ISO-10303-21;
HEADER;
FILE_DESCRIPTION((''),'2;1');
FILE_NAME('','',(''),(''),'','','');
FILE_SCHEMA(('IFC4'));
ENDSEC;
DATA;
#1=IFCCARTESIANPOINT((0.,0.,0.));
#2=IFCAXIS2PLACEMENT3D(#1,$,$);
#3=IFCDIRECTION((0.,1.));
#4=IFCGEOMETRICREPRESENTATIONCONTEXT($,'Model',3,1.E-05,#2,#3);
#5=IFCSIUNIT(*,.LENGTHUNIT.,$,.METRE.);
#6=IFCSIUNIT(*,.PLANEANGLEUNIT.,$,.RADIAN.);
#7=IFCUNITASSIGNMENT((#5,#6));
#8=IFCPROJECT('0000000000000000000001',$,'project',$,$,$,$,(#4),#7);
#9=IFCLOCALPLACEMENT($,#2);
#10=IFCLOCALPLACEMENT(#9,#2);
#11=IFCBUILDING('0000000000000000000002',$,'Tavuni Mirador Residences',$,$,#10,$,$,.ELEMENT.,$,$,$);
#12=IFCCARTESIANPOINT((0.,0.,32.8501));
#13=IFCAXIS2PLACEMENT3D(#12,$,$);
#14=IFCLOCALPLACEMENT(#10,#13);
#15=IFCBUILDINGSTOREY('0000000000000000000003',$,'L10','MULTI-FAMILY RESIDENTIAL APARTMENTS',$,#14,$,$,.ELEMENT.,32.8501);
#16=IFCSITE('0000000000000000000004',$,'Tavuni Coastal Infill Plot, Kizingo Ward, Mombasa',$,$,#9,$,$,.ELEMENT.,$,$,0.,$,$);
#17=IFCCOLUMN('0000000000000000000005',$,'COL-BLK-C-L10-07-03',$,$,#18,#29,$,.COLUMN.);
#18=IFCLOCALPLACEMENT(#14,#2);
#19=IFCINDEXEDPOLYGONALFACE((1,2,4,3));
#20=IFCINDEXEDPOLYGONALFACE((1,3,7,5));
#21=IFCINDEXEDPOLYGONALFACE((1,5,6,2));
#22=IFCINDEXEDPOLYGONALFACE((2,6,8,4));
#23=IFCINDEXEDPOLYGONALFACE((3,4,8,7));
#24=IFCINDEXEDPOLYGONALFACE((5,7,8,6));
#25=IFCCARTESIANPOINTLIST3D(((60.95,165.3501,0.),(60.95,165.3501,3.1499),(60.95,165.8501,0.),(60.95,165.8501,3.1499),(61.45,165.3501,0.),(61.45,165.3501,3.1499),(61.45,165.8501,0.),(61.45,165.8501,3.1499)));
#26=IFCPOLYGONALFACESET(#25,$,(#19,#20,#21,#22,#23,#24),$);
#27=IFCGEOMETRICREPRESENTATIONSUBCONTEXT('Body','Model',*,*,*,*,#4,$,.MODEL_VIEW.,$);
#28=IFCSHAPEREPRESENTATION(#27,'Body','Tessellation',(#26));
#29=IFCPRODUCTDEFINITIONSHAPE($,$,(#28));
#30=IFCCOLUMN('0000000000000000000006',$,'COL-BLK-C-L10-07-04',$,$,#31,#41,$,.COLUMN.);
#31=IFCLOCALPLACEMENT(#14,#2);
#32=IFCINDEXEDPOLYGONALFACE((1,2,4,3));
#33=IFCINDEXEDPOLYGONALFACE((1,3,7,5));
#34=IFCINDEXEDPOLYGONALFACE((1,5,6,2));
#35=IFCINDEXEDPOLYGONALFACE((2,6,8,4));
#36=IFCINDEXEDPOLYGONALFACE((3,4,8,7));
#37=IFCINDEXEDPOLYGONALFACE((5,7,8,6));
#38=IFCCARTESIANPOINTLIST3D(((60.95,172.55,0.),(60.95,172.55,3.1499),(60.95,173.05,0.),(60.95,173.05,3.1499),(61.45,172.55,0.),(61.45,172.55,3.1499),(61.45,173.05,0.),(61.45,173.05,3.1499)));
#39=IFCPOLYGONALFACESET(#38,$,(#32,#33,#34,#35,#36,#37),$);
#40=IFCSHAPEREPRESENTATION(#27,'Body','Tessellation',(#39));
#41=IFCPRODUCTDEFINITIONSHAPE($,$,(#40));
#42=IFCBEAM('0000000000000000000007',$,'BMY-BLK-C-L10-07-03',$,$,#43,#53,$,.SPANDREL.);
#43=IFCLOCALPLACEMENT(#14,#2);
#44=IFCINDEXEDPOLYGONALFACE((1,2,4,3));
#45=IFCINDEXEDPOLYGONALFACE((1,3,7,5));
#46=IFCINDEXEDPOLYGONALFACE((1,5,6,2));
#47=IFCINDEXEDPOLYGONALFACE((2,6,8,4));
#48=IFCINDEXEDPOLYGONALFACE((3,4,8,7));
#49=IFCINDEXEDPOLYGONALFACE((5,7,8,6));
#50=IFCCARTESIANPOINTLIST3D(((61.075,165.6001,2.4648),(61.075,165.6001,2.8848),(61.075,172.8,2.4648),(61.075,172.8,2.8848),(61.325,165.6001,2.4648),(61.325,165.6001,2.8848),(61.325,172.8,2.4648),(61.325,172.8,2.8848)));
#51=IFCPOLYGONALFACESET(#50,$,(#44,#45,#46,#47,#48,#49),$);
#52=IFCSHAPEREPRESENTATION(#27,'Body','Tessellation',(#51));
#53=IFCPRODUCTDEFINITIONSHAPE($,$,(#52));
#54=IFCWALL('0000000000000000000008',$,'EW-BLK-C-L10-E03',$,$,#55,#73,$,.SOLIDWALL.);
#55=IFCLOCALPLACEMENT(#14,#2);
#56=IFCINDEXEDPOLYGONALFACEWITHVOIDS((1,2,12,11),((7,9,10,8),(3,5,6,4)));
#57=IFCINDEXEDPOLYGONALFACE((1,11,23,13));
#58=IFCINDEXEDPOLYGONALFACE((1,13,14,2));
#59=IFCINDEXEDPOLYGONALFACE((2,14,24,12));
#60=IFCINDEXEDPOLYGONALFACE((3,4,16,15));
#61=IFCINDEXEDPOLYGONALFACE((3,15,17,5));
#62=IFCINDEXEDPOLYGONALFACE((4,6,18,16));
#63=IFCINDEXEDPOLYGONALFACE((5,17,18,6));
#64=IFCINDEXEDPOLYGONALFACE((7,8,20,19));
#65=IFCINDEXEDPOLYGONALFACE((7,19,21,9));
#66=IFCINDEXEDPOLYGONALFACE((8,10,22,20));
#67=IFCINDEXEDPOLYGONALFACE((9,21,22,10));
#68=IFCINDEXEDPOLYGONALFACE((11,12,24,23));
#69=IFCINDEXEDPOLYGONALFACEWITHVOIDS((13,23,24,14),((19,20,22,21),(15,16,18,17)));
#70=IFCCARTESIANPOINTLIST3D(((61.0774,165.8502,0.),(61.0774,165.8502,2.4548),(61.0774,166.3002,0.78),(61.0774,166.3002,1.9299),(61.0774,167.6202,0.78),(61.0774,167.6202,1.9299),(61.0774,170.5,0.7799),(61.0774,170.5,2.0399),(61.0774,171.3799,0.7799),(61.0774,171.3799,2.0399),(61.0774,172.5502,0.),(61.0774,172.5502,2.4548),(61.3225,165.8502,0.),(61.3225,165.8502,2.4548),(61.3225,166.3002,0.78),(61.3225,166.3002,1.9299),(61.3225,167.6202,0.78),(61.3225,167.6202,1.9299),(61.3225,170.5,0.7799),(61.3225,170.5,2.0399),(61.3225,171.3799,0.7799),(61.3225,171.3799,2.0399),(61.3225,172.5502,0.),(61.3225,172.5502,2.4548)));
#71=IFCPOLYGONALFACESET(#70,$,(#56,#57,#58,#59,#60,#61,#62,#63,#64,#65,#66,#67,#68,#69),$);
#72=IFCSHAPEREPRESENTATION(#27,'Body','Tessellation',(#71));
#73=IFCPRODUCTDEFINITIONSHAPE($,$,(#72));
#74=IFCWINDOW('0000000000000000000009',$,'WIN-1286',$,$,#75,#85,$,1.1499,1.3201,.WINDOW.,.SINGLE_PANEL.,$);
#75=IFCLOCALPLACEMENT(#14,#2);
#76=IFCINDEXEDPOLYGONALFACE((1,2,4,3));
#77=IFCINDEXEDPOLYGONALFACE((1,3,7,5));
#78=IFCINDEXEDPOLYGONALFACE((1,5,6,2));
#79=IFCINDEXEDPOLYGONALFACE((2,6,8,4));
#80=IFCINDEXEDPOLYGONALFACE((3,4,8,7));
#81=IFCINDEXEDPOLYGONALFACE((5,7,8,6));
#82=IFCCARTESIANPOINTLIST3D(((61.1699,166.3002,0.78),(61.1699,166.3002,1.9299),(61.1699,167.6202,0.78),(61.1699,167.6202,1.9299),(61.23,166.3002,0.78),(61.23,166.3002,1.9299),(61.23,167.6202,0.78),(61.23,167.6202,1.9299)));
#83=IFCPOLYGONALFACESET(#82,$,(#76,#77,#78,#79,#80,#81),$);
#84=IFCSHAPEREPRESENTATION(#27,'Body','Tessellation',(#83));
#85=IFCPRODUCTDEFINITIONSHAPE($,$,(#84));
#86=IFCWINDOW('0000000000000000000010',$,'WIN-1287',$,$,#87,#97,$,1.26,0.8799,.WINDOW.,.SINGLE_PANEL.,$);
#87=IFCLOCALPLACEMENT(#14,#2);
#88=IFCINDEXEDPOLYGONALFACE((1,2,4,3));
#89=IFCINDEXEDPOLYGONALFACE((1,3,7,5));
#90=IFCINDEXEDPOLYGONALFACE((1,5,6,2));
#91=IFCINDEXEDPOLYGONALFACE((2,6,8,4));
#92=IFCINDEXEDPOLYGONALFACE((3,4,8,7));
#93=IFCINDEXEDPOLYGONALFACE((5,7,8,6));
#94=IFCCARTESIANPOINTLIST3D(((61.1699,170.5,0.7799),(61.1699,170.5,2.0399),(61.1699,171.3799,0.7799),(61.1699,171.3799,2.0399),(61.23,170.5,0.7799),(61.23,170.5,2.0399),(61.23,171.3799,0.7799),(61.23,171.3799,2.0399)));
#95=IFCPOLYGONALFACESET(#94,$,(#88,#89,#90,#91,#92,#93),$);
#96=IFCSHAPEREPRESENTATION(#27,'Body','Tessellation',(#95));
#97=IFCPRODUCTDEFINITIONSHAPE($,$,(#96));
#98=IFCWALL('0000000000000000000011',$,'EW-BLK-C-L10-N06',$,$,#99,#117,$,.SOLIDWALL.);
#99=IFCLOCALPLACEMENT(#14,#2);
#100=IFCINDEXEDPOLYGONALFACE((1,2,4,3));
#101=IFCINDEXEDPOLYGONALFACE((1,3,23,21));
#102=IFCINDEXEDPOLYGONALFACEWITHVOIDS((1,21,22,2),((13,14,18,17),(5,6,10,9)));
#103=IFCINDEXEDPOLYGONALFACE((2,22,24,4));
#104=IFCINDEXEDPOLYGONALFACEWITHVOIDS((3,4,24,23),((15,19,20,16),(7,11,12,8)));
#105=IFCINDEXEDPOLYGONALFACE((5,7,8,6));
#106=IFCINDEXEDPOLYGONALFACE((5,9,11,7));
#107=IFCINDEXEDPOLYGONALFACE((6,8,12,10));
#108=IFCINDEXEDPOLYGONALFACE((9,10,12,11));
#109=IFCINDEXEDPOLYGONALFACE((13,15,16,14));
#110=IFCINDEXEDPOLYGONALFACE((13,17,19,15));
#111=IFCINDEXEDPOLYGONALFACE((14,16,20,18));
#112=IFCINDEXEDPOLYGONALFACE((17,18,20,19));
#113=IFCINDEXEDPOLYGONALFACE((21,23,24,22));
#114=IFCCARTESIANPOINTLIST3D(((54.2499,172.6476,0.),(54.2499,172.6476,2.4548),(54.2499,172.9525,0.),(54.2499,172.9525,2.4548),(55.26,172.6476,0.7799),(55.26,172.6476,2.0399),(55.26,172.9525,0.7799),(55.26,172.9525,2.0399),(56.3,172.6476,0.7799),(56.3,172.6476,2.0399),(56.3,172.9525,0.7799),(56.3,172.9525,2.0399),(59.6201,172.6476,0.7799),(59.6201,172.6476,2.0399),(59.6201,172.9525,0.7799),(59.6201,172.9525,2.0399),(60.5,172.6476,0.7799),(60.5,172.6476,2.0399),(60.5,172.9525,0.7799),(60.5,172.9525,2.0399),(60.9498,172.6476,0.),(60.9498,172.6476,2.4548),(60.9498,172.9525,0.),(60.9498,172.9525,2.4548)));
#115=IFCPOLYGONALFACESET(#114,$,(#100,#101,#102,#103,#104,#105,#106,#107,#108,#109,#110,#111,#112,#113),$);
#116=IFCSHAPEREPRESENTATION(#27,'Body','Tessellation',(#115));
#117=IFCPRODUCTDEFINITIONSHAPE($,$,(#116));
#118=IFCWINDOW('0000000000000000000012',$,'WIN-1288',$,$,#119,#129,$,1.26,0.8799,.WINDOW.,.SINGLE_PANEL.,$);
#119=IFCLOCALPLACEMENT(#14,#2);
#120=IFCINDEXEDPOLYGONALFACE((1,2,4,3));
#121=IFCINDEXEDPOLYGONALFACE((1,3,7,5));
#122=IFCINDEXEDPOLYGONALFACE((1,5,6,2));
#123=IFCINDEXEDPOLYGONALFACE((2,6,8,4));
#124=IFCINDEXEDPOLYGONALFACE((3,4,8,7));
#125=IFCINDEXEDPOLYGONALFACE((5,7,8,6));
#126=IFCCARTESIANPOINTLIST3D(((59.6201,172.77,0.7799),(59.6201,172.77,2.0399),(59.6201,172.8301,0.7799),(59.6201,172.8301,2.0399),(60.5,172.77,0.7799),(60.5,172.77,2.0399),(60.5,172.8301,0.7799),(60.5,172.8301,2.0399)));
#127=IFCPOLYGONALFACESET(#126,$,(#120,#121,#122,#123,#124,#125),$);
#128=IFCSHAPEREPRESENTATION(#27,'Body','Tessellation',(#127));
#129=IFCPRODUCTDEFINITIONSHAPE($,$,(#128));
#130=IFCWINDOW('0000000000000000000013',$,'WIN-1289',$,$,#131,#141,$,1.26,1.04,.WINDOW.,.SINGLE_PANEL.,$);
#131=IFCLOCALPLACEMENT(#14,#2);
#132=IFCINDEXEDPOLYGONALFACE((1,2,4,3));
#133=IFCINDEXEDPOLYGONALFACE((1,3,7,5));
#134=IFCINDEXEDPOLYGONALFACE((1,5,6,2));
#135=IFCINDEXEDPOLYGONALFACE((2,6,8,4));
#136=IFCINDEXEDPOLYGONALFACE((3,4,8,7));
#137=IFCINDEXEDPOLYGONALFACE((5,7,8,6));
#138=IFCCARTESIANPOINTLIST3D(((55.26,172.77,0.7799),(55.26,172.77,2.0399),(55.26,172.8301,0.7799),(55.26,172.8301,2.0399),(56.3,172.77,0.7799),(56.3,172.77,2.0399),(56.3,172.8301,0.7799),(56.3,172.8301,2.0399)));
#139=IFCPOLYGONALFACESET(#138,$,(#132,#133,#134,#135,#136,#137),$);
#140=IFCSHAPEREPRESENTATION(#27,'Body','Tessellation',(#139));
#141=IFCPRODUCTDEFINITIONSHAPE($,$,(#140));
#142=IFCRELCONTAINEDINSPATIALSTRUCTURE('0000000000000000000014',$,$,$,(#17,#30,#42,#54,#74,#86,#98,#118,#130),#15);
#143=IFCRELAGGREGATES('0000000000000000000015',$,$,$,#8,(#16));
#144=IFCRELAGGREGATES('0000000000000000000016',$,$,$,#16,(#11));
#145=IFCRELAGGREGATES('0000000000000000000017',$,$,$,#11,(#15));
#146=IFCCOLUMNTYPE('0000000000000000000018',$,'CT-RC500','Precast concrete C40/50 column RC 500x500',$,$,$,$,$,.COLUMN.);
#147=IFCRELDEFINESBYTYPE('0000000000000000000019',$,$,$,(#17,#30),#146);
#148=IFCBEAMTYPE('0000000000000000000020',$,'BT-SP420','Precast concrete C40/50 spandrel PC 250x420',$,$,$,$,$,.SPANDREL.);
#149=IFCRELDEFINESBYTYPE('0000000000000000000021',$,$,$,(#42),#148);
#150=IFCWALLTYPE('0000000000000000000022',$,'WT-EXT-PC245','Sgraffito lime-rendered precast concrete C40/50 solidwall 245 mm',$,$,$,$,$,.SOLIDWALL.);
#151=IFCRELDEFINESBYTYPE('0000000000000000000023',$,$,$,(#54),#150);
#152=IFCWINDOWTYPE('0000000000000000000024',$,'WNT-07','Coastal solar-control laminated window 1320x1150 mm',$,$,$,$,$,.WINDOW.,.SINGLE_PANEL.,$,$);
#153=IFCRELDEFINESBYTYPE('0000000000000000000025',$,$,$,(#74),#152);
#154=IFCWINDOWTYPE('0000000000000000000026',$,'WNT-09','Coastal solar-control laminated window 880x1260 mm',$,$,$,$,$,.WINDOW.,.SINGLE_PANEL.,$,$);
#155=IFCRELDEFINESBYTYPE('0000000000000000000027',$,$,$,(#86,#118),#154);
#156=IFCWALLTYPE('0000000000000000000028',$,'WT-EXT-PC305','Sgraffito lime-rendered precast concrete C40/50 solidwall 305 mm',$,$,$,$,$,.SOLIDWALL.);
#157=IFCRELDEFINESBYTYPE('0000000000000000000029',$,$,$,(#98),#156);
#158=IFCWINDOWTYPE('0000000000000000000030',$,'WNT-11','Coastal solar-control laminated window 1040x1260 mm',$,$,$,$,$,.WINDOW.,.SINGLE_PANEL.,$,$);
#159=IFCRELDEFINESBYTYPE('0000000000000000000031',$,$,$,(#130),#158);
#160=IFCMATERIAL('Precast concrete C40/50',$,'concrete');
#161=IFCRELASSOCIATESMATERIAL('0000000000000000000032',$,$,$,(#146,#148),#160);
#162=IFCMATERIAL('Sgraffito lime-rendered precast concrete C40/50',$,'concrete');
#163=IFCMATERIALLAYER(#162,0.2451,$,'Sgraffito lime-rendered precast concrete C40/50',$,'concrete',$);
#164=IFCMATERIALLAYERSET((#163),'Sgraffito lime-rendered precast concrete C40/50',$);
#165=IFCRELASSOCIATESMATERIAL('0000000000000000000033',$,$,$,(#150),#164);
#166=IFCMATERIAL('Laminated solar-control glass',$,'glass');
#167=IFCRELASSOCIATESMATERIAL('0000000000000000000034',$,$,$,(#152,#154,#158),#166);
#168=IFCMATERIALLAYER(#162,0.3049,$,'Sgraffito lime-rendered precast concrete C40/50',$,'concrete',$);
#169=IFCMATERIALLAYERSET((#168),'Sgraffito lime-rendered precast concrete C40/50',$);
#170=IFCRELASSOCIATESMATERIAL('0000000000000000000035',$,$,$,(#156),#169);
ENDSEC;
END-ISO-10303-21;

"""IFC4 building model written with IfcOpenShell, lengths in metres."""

from ifc_helpers import new_model, si_unit, direction, frame, frame_2d, origin, origin_2d, place, context, subcontext, project, spatial, rectangle, extrude, material, layer, layer_set, material_profile, profile_set, type_object, element, fill, save


model = new_model("IFC4")

# Units and contexts
model_context = context("Model", 3, precision=1e-05, world=origin(), true_north=direction((0.0, 1.0)))
body_context = subcontext(model_context, "Body", "Model", "MODEL_VIEW")
ifc_project = project(units=[si_unit("LENGTHUNIT", "METRE"), si_unit("PLANEANGLEUNIT", "RADIAN")], contexts=[model_context])

# Site, building, storey
site_placement = place(None, origin())
site = spatial("IfcSite", under=ifc_project, at=site_placement, Name="Tavuni Coastal Infill Plot, Kizingo Ward, Mombasa", CompositionType="ELEMENT", RefElevation=0.0)
building_placement = place(site_placement, origin())
building = spatial("IfcBuilding", under=site, at=building_placement, Name="Tavuni Mirador Residences", CompositionType="ELEMENT")
storey_placement = place(building_placement, frame((0.0, 0.0, 32.8501)))
storey = spatial("IfcBuildingStorey", under=building, at=storey_placement, Name="L10", Description="MULTI-FAMILY RESIDENTIAL APARTMENTS", CompositionType="ELEMENT", Elevation=32.8501)

# Columns
ifc_material_1 = material(Name="Precast concrete C40/50", Category="concrete")
ifc_material_profile_1 = material_profile(ifc_material_1, rectangle(XDim=0.5, YDim=0.5, at=origin_2d()), Name="RC 500x500", Category="concrete")
ifc_profile_set_1 = profile_set([ifc_material_profile_1], Name="Precast concrete C40/50")
column_type = type_object("IfcColumnType", Name="CT-RC500", Description="Precast concrete C40/50 column RC 500x500", PredefinedType="COLUMN", material=ifc_profile_set_1)
for number, where, z_axis, x_axis, name in (
    (1, (61.2, 165.6001, 0.0), (0.0, 0.0, 1.0), (1.0, 0.0, 0.0), "COL-BLK-C-L10-07-03"),
    (2, (61.2, 172.8, 0.0), (0.0, 0.0, 1.0), (1.0, 0.0, 0.0), "COL-BLK-C-L10-07-04"),
):
    element("IfcColumn", number, at=place(storey_placement, frame(where, z_axis=z_axis, x_axis=x_axis)), inside=storey, type_object=column_type, Name=name, PredefinedType="COLUMN", context=body_context, shape_type="SweptSolid", body=[
        extrude(rectangle(XDim=0.5, YDim=0.5, at=origin_2d()), origin(), (0.0, 0.0, 1.0), 3.1499),
    ])

# Beam
ifc_material_profile_2 = material_profile(ifc_material_1, rectangle(XDim=0.25, YDim=0.4199, at=origin_2d()), Name="PC 250x420", Category="concrete")
ifc_profile_set_2 = profile_set([ifc_material_profile_2], Name="Precast concrete C40/50")
beam_type = type_object("IfcBeamType", Name="BT-SP420", Description="Precast concrete C40/50 spandrel PC 250x420", PredefinedType="SPANDREL", material=ifc_profile_set_2)
beam_placement = place(storey_placement, frame((61.2, 165.6001, 2.6748), z_axis=(0.0, 1.0, 0.0), x_axis=(-1.0, 0.0, 0.0)))
element("IfcBeam", 3, at=beam_placement, inside=storey, type_object=beam_type, Name="BMY-BLK-C-L10-07-03", PredefinedType="SPANDREL", context=body_context, shape_type="SweptSolid", body=[
    extrude(rectangle(XDim=0.25, YDim=0.4199, at=origin_2d()), origin(), (0.0, 0.0, 1.0), 7.2),
])

# Walls, openings, windows
ifc_material_2 = material(Name="Sgraffito lime-rendered precast concrete C40/50", Category="concrete")
ifc_layer_1 = layer(ifc_material_2, 0.2451, Name="Sgraffito lime-rendered precast concrete C40/50", Category="concrete")
ifc_layer_set_1 = layer_set([ifc_layer_1], Name="Sgraffito lime-rendered precast concrete C40/50")
wall_type_1 = type_object("IfcWallType", Name="WT-EXT-PC245", Description="Sgraffito lime-rendered precast concrete C40/50 solidwall 245 mm", PredefinedType="SOLIDWALL", material=ifc_layer_set_1)
wall_1_placement = place(storey_placement, frame((61.2, 165.8501, 0.0), z_axis=(0.0, 0.0, 1.0), x_axis=(0.0, 1.0, 0.0)))
wall_1 = element("IfcWall", 4, at=wall_1_placement, inside=storey, type_object=wall_type_1, Name="EW-BLK-C-L10-E03", PredefinedType="SOLIDWALL", context=body_context, shape_type="SweptSolid", body=[
    extrude(rectangle(XDim=6.7, YDim=0.2451, at=frame_2d((3.3501, 0.0))), origin(), (0.0, 0.0, 1.0), 2.4548),
])
opening_1_placement = place(wall_1_placement, frame((0.45, 0.0, 0.78)))
opening_1 = element("IfcOpeningElement", 5, at=opening_1_placement, cuts=wall_1, PredefinedType="OPENING", context=body_context, shape_type="SweptSolid", body=[
    extrude(rectangle(XDim=1.3201, YDim=1.1499, at=frame_2d((0.6602, 0.575))), frame((0.0, 0.1326, 0.0), z_axis=(0.0, -1.0, 0.0), x_axis=(1.0, 0.0, 0.0)), (0.0, 0.0, 1.0), 0.2651),
])
opening_2_placement = place(wall_1_placement, frame((4.6499, 0.0, 0.78)))
opening_2 = element("IfcOpeningElement", 6, at=opening_2_placement, cuts=wall_1, PredefinedType="OPENING", context=body_context, shape_type="SweptSolid", body=[
    extrude(rectangle(XDim=0.8799, YDim=1.26, at=frame_2d((0.4399, 0.6299))), frame((0.0, 0.1326, 0.0), z_axis=(0.0, -1.0, 0.0), x_axis=(1.0, 0.0, 0.0)), (0.0, 0.0, 1.0), 0.2651),
])
ifc_material_3 = material(Name="Laminated solar-control glass", Category="glass")
window_type_1 = type_object("IfcWindowType", Name="WNT-07", Description="Coastal solar-control laminated window 1320x1150 mm", PartitioningType="SINGLE_PANEL", PredefinedType="WINDOW", material=ifc_material_3)
window_1_placement = place(opening_1_placement, origin())
window_1 = element("IfcWindow", 7, at=window_1_placement, inside=storey, type_object=window_type_1, Name="WIN-1286", OverallHeight=1.1499, OverallWidth=1.3201, PartitioningType="SINGLE_PANEL", PredefinedType="WINDOW", context=body_context, shape_type="SweptSolid", body=[
    extrude(rectangle(XDim=1.3201, YDim=1.1499, at=frame_2d((0.6602, 0.575))), frame((0.0, 0.03, 0.0), z_axis=(0.0, -1.0, 0.0), x_axis=(1.0, 0.0, 0.0)), (0.0, 0.0, 1.0), 0.0601),
])
fill(opening_1, window_1)
window_type_2 = type_object("IfcWindowType", Name="WNT-09", Description="Coastal solar-control laminated window 880x1260 mm", PartitioningType="SINGLE_PANEL", PredefinedType="WINDOW", material=ifc_material_3)
window_2_placement = place(opening_2_placement, origin())
window_2 = element("IfcWindow", 8, at=window_2_placement, inside=storey, type_object=window_type_2, Name="WIN-1287", OverallHeight=1.26, OverallWidth=0.8799, PartitioningType="SINGLE_PANEL", PredefinedType="WINDOW", context=body_context, shape_type="SweptSolid", body=[
    extrude(rectangle(XDim=0.8799, YDim=1.26, at=frame_2d((0.4399, 0.6299))), frame((0.0, 0.03, 0.0), z_axis=(0.0, -1.0, 0.0), x_axis=(1.0, 0.0, 0.0)), (0.0, 0.0, 1.0), 0.0601),
])
fill(opening_2, window_2)
ifc_layer_2 = layer(ifc_material_2, 0.3049, Name="Sgraffito lime-rendered precast concrete C40/50", Category="concrete")
ifc_layer_set_2 = layer_set([ifc_layer_2], Name="Sgraffito lime-rendered precast concrete C40/50")
wall_type_2 = type_object("IfcWallType", Name="WT-EXT-PC305", Description="Sgraffito lime-rendered precast concrete C40/50 solidwall 305 mm", PredefinedType="SOLIDWALL", material=ifc_layer_set_2)
wall_2_placement = place(storey_placement, frame((60.95, 172.8, 0.0), z_axis=(0.0, 0.0, 1.0), x_axis=(-1.0, 0.0, 0.0)))
wall_2 = element("IfcWall", 9, at=wall_2_placement, inside=storey, type_object=wall_type_2, Name="EW-BLK-C-L10-N06", PredefinedType="SOLIDWALL", context=body_context, shape_type="SweptSolid", body=[
    extrude(rectangle(XDim=6.7, YDim=0.3049, at=frame_2d((3.3501, 0.0))), origin(), (0.0, 0.0, 1.0), 2.4548),
])
opening_3_placement = place(wall_2_placement, frame((0.45, 0.0, 0.78)))
opening_3 = element("IfcOpeningElement", 10, at=opening_3_placement, cuts=wall_2, PredefinedType="OPENING", context=body_context, shape_type="SweptSolid", body=[
    extrude(rectangle(XDim=0.8799, YDim=1.26, at=frame_2d((0.4399, 0.6299))), frame((0.0, 0.1626, 0.0), z_axis=(0.0, -1.0, 0.0), x_axis=(1.0, 0.0, 0.0)), (0.0, 0.0, 1.0), 0.325),
])
opening_4_placement = place(wall_2_placement, frame((4.6499, 0.0, 0.78)))
opening_4 = element("IfcOpeningElement", 11, at=opening_4_placement, cuts=wall_2, PredefinedType="OPENING", context=body_context, shape_type="SweptSolid", body=[
    extrude(rectangle(XDim=1.04, YDim=1.26, at=frame_2d((0.52, 0.6299))), frame((0.0, 0.1626, 0.0), z_axis=(0.0, -1.0, 0.0), x_axis=(1.0, 0.0, 0.0)), (0.0, 0.0, 1.0), 0.325),
])
window_3_placement = place(opening_3_placement, origin())
window_3 = element("IfcWindow", 12, at=window_3_placement, inside=storey, type_object=window_type_2, Name="WIN-1288", OverallHeight=1.26, OverallWidth=0.8799, PartitioningType="SINGLE_PANEL", PredefinedType="WINDOW", context=body_context, shape_type="SweptSolid", body=[
    extrude(rectangle(XDim=0.8799, YDim=1.26, at=frame_2d((0.4399, 0.6299))), frame((0.0, 0.03, 0.0), z_axis=(0.0, -1.0, 0.0), x_axis=(1.0, 0.0, 0.0)), (0.0, 0.0, 1.0), 0.0601),
])
fill(opening_3, window_3)
window_type_3 = type_object("IfcWindowType", Name="WNT-11", Description="Coastal solar-control laminated window 1040x1260 mm", PartitioningType="SINGLE_PANEL", PredefinedType="WINDOW", material=ifc_material_3)
window_4_placement = place(opening_4_placement, origin())
window_4 = element("IfcWindow", 13, at=window_4_placement, inside=storey, type_object=window_type_3, Name="WIN-1289", OverallHeight=1.26, OverallWidth=1.04, PartitioningType="SINGLE_PANEL", PredefinedType="WINDOW", context=body_context, shape_type="SweptSolid", body=[
    extrude(rectangle(XDim=1.04, YDim=1.26, at=frame_2d((0.52, 0.6299))), frame((0.0, 0.03, 0.0), z_axis=(0.0, -1.0, 0.0), x_axis=(1.0, 0.0, 0.0)), (0.0, 0.0, 1.0), 0.0601),
])
fill(opening_4, window_4)

save(model, "model.ifc")
